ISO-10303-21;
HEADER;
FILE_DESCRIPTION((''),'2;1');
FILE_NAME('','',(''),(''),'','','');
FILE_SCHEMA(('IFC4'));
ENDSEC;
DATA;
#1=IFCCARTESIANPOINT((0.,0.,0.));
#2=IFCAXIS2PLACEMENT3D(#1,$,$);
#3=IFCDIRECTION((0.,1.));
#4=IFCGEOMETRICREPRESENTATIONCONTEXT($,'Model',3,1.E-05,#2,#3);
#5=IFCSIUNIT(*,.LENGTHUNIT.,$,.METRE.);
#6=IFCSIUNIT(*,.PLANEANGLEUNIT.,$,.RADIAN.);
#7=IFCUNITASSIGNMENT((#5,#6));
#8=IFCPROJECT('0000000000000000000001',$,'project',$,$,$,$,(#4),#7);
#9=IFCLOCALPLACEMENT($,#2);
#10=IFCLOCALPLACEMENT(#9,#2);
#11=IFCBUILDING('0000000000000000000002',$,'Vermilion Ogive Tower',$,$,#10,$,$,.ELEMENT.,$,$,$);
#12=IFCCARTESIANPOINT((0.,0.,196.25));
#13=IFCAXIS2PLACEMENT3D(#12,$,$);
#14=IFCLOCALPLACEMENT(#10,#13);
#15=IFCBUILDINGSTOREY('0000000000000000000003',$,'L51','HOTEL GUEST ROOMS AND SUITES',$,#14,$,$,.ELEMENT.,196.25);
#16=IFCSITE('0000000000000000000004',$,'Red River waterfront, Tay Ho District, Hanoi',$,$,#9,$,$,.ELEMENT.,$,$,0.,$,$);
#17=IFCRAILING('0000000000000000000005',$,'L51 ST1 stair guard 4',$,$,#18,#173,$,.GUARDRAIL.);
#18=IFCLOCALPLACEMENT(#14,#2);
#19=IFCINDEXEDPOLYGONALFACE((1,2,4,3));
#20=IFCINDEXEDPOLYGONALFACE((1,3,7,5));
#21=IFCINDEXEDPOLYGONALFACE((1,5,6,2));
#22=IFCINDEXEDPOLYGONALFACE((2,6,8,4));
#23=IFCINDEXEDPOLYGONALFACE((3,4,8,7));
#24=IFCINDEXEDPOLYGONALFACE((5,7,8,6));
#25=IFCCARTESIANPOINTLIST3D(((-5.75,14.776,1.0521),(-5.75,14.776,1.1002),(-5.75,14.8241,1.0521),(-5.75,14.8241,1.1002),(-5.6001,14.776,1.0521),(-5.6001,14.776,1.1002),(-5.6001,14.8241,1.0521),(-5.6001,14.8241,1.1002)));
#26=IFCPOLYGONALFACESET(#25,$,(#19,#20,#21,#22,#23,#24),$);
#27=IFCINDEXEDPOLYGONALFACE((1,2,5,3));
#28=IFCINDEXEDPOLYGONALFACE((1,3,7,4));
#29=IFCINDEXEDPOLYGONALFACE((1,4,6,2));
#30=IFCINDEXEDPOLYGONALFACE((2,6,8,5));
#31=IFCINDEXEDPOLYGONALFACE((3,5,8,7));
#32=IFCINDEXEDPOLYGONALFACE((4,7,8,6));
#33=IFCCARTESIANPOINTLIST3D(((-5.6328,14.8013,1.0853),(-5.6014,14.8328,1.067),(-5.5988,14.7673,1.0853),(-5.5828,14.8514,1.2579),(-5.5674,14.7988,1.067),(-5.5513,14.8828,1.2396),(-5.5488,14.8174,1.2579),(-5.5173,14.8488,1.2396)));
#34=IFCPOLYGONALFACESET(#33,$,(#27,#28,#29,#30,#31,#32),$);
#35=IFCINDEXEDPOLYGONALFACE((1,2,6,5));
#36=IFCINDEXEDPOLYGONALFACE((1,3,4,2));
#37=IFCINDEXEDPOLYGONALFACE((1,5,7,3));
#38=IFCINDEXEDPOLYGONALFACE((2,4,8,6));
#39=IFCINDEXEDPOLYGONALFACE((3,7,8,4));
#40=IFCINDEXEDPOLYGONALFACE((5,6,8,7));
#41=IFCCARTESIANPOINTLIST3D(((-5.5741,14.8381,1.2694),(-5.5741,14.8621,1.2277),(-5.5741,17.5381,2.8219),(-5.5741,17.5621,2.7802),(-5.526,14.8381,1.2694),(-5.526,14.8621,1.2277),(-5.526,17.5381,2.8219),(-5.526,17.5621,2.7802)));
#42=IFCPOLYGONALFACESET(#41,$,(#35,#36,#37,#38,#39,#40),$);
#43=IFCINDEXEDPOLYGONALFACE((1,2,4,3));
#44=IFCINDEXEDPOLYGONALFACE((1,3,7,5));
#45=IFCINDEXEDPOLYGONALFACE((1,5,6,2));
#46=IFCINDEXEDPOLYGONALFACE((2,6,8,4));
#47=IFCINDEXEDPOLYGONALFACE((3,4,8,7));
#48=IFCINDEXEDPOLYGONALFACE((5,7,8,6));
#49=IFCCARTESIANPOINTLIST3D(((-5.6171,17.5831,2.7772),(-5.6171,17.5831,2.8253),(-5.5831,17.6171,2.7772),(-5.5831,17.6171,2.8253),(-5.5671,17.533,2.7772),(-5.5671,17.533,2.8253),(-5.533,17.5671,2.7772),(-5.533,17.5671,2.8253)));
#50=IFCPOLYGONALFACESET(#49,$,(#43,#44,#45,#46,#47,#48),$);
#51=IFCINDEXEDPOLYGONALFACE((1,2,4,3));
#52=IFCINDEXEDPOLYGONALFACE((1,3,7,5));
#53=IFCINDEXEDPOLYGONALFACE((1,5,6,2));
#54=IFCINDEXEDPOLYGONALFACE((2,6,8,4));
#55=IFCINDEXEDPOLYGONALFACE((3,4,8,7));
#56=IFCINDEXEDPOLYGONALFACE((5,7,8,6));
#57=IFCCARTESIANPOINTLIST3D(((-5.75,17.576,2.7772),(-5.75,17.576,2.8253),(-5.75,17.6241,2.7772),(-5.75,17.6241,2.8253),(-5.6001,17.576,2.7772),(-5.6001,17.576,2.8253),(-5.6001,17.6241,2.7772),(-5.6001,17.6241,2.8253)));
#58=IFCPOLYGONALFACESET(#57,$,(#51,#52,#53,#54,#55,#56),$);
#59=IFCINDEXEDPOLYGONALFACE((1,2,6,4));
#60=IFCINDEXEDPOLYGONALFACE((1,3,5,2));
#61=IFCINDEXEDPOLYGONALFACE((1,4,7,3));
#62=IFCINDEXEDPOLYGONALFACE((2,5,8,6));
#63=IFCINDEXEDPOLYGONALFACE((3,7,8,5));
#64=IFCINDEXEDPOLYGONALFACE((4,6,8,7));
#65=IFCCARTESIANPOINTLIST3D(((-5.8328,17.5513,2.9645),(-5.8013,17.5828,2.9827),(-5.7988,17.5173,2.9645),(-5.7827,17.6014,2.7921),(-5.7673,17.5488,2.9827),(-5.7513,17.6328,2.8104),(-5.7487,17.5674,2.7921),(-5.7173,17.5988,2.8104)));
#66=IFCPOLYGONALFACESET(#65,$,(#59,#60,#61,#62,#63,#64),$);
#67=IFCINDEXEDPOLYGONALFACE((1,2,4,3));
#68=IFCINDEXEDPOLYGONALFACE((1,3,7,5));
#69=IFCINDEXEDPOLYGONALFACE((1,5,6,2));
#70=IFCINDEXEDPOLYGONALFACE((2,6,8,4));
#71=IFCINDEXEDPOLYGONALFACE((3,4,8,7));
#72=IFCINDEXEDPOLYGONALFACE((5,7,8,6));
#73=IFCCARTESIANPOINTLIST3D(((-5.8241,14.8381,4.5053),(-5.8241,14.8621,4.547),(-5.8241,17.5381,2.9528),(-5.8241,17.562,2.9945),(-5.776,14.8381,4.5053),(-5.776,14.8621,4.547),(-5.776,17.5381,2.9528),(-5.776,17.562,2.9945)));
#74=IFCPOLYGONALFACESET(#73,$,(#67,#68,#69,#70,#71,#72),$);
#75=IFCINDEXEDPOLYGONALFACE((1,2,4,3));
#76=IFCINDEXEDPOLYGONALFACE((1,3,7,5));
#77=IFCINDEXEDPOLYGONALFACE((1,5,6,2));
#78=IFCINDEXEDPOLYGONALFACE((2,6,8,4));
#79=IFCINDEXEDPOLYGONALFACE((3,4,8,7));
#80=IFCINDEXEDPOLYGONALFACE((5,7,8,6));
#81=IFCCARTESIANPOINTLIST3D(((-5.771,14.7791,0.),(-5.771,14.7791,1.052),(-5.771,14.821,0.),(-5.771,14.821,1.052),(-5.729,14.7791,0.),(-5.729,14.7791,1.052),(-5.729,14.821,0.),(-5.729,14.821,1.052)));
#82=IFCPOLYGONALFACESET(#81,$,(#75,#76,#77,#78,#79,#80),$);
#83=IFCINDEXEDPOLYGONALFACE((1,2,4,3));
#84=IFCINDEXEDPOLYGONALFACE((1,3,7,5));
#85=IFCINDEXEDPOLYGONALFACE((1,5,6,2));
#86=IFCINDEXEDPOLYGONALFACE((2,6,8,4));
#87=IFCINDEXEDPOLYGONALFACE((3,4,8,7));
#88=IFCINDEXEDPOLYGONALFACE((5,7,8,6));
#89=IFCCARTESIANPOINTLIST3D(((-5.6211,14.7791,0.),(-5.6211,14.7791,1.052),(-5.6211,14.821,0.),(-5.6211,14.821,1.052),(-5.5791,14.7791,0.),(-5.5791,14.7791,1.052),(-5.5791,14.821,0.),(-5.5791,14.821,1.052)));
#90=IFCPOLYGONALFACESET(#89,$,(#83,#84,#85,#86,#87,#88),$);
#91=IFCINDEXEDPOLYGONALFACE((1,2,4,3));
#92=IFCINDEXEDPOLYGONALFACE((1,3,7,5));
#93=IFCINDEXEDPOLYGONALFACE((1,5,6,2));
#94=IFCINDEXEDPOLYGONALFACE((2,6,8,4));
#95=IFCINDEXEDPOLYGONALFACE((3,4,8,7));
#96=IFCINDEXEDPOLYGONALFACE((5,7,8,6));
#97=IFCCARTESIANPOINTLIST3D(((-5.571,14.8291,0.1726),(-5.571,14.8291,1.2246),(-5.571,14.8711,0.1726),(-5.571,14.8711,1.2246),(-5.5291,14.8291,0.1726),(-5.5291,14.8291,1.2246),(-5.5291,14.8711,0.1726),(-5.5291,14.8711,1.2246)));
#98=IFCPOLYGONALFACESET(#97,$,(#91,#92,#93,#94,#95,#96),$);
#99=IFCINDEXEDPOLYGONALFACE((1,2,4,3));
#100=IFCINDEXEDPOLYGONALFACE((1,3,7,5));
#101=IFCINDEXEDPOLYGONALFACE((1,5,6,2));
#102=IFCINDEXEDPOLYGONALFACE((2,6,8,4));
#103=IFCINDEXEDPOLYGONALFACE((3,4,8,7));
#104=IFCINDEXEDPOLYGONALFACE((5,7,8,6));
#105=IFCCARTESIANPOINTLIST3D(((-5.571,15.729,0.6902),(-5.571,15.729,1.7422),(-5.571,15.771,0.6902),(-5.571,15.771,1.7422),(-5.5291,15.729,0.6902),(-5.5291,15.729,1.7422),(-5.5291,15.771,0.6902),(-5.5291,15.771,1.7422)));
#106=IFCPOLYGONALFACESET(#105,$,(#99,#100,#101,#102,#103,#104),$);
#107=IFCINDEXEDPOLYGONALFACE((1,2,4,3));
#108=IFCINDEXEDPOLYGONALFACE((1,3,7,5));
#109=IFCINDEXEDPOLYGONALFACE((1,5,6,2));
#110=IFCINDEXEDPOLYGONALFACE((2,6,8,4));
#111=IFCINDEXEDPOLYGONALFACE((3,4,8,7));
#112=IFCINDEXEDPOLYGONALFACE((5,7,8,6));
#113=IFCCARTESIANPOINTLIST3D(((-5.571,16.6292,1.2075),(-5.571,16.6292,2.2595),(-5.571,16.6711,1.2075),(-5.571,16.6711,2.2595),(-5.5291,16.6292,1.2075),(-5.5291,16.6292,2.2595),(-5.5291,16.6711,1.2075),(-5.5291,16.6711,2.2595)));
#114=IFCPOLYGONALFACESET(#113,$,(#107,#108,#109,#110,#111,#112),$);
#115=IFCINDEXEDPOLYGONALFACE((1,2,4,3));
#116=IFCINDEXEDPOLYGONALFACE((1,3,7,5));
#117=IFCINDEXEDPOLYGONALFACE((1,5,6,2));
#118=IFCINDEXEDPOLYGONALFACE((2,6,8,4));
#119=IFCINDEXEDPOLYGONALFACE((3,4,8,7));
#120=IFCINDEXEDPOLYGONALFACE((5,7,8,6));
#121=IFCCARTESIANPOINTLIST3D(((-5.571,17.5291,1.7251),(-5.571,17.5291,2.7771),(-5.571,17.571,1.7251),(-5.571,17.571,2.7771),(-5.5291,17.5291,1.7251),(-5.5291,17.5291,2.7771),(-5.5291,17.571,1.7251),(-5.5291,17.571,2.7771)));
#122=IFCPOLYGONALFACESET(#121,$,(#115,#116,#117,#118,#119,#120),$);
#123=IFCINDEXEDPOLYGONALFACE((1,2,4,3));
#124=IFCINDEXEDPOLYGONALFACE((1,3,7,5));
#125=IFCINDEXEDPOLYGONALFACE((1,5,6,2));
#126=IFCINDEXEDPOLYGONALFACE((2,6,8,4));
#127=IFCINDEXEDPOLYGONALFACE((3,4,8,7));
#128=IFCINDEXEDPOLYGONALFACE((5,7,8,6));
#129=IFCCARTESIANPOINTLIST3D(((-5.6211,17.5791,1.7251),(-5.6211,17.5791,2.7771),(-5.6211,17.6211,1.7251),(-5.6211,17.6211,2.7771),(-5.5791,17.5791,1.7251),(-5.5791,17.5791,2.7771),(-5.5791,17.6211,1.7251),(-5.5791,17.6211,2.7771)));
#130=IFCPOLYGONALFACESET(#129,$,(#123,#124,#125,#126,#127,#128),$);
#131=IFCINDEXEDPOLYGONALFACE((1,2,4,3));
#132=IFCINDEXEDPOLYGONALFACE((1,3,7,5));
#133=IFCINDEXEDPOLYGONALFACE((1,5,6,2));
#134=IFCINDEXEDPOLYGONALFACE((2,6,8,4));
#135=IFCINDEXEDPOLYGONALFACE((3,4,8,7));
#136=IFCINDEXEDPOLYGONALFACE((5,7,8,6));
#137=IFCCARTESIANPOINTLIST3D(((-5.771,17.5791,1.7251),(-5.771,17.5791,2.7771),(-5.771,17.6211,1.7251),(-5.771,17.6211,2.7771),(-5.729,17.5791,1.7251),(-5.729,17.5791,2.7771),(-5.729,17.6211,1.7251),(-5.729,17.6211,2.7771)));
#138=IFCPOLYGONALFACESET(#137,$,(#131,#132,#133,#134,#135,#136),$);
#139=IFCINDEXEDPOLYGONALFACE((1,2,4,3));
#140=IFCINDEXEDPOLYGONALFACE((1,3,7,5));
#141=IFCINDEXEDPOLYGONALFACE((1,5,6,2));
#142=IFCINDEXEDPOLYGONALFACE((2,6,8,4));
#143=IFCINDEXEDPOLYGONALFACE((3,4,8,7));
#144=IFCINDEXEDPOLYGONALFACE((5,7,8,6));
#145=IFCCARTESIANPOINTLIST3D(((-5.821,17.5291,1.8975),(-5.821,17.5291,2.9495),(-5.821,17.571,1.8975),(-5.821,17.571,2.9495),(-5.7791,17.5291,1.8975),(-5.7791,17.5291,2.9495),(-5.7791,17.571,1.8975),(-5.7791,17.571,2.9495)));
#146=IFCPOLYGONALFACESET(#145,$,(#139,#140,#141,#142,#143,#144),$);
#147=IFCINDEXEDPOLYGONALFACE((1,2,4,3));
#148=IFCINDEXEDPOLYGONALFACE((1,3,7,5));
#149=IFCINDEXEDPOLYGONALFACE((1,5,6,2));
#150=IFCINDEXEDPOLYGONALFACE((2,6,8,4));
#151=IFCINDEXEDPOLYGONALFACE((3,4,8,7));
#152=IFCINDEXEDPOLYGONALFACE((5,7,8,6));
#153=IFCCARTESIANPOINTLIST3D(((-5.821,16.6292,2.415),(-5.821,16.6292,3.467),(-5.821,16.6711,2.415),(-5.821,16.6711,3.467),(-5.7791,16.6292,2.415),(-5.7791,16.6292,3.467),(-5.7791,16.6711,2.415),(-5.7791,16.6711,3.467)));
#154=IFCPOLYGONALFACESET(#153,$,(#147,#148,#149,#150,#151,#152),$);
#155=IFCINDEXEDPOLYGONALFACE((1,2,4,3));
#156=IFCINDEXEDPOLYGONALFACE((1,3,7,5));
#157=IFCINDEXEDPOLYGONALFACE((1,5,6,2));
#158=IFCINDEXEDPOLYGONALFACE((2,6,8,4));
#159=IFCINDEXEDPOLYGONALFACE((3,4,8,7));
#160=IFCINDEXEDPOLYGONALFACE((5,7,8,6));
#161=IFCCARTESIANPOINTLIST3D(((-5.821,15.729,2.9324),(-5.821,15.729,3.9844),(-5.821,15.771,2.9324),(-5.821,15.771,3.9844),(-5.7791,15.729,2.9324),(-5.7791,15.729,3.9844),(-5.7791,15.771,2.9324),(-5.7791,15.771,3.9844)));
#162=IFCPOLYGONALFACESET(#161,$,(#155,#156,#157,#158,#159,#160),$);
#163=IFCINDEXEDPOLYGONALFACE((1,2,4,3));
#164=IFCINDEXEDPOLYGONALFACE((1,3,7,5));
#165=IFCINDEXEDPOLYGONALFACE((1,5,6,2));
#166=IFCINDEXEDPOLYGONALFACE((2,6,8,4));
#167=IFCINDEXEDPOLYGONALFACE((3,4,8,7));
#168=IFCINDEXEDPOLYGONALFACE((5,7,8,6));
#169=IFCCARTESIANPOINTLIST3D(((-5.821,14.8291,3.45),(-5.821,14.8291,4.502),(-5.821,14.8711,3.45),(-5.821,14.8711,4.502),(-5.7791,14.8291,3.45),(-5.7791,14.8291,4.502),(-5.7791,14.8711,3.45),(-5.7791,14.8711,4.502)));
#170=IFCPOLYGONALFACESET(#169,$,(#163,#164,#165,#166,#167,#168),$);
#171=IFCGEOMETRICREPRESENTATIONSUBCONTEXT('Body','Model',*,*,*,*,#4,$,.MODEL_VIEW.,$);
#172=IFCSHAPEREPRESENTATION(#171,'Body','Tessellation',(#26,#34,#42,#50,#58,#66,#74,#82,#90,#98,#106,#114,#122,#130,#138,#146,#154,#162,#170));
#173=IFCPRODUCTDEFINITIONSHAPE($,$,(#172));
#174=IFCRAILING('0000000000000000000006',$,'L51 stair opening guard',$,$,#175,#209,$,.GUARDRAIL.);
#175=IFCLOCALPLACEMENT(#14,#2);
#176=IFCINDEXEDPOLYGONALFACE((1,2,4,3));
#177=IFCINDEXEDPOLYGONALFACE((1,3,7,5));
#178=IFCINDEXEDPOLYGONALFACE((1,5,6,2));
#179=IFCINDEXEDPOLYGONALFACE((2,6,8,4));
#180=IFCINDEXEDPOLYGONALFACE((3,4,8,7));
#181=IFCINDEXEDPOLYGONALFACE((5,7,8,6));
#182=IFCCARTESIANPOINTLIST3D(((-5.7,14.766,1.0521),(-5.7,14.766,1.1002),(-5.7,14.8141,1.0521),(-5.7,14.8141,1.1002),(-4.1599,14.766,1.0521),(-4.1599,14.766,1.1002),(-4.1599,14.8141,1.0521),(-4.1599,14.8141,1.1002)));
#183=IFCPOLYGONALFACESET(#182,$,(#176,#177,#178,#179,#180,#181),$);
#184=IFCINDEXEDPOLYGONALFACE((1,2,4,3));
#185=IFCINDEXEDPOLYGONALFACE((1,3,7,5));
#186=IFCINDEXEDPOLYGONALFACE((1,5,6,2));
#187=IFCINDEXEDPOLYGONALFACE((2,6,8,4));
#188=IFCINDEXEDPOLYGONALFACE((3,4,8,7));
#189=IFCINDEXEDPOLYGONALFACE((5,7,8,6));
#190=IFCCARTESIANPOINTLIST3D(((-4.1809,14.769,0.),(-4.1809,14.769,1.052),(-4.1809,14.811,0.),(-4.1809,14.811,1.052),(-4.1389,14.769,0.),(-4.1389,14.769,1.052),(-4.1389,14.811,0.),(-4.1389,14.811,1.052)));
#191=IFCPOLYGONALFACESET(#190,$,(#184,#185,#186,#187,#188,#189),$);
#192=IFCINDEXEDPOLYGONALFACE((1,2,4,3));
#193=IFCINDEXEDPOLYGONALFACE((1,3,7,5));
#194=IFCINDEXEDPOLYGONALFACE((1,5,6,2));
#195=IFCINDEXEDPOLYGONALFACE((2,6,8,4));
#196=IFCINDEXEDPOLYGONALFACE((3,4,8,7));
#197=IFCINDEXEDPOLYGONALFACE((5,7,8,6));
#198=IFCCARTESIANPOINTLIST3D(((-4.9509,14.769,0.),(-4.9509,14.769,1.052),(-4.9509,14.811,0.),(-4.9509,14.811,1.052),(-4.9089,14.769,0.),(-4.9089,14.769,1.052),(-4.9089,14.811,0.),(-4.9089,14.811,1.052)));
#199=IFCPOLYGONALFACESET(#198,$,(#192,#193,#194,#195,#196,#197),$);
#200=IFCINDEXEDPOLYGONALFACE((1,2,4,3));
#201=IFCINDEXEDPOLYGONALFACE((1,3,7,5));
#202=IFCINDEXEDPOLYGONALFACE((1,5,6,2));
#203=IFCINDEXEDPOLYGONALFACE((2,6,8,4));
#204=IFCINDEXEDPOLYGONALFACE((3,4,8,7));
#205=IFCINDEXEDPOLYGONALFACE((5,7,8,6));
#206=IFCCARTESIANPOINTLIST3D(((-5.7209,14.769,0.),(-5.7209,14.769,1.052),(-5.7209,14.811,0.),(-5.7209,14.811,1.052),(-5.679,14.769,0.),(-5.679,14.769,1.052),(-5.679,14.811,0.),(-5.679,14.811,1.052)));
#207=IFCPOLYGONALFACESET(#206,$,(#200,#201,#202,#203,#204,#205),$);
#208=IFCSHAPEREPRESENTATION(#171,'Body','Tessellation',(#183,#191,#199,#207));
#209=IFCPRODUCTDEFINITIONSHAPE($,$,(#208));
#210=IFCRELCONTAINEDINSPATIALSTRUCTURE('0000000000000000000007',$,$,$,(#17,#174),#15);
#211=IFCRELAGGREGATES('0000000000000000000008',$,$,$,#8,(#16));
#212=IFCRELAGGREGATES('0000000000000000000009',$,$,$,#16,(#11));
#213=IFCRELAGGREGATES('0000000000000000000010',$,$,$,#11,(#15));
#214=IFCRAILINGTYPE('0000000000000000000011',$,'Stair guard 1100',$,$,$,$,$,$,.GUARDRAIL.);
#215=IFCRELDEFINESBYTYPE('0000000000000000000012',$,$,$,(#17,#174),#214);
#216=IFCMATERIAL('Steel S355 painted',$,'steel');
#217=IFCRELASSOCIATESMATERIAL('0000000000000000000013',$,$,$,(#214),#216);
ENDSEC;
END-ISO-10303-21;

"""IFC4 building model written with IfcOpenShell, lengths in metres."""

from ifc_helpers import new_model, si_unit, direction, frame, origin, origin_2d, place, context, subcontext, project, spatial, rectangle, extrude, material, type_object, element, save


model = new_model("IFC4")

# Units and contexts
model_context = context("Model", 3, precision=1e-05, world=origin(), true_north=direction((0.0, 1.0)))
body_context = subcontext(model_context, "Body", "Model", "MODEL_VIEW")
ifc_project = project(units=[si_unit("LENGTHUNIT", "METRE"), si_unit("PLANEANGLEUNIT", "RADIAN")], contexts=[model_context])

# Site, building, storey
site_placement = place(None, origin())
site = spatial("IfcSite", under=ifc_project, at=site_placement, Name="Red River waterfront, Tay Ho District, Hanoi", CompositionType="ELEMENT", RefElevation=0.0)
building_placement = place(site_placement, origin())
building = spatial("IfcBuilding", under=site, at=building_placement, Name="Vermilion Ogive Tower", CompositionType="ELEMENT")
storey_placement = place(building_placement, frame((0.0, 0.0, 196.25)))
storey = spatial("IfcBuildingStorey", under=building, at=storey_placement, Name="L51", Description="HOTEL GUEST ROOMS AND SUITES", CompositionType="ELEMENT", Elevation=196.25)

# Railings
ifc_material_1 = material(Name="Steel S355 painted", Category="steel")
railing_type_1 = type_object("IfcRailingType", Name="Stair guard 1100", PredefinedType="GUARDRAIL", material=ifc_material_1)
railing_1_placement = place(storey_placement, frame((-5.75, 14.8, 0.0)))
element("IfcRailing", 1, at=railing_1_placement, inside=storey, type_object=railing_type_1, Name="L51 ST1 stair guard 4", PredefinedType="GUARDRAIL", context=body_context, shape_type="SweptSolid", body=[
    extrude(rectangle(XDim=0.0481, YDim=0.0481, at=origin_2d()), frame((0.0, 0.0, 1.0762), z_axis=(1.0, 0.0, 0.0), x_axis=(0.0, 1.0, 0.0)), (0.0, 0.0, 1.0), 0.1499),
    extrude(rectangle(XDim=0.0481, YDim=0.0481, at=origin_2d()), frame((0.1499, 0.0, 1.0762), z_axis=(0.268278, 0.268278, 0.925232), x_axis=(-0.707107, 0.707107, 0.0)), (0.0, 0.0, 1.0), 0.1865),
    extrude(rectangle(XDim=0.0481, YDim=0.0481, at=origin_2d()), frame((0.2, 0.05, 1.2485), z_axis=(0.0, 0.866904, 0.498476), x_axis=(-1.0, 0.0, 0.0)), (0.0, 0.0, 1.0), 3.1145),
    extrude(rectangle(XDim=0.0481, YDim=0.0481, at=origin_2d()), frame((0.2, 2.75, 2.8013), z_axis=(-0.707107, 0.707107, 0.0), x_axis=(-0.707107, -0.707107, 0.0)), (0.0, 0.0, 1.0), 0.0708),
    extrude(rectangle(XDim=0.0481, YDim=0.0481, at=origin_2d()), frame((0.1499, 2.8, 2.8013), z_axis=(-1.0, 0.0, 0.0), x_axis=(0.0, -1.0, 0.0)), (0.0, 0.0, 1.0), 0.1499),
    extrude(rectangle(XDim=0.0481, YDim=0.0481, at=origin_2d()), frame((0.0, 2.8, 2.8013), z_axis=(-0.268603, -0.268603, 0.925043), x_axis=(0.707107, -0.707107, 0.0)), (0.0, 0.0, 1.0), 0.1863),
    extrude(rectangle(XDim=0.0481, YDim=0.0481, at=origin_2d()), frame((-0.05, 2.75, 2.9736), z_axis=(0.0, -0.866904, 0.498476), x_axis=(1.0, 0.0, 0.0)), (0.0, 0.0, 1.0), 3.1145),
    extrude(rectangle(XDim=0.042, YDim=0.042, at=origin_2d()), origin(), (0.0, 0.0, 1.0), 1.052),
    extrude(rectangle(XDim=0.042, YDim=0.042, at=origin_2d()), frame((0.1499, 0.0, 0.0)), (0.0, 0.0, 1.0), 1.052),
    extrude(rectangle(XDim=0.042, YDim=0.042, at=origin_2d()), frame((0.2, 0.05, 0.1726)), (0.0, 0.0, 1.0), 1.052),
    extrude(rectangle(XDim=0.042, YDim=0.042, at=origin_2d()), frame((0.2, 0.95, 0.6902)), (0.0, 0.0, 1.0), 1.052),
    extrude(rectangle(XDim=0.042, YDim=0.042, at=origin_2d()), frame((0.2, 1.8501, 1.2075)), (0.0, 0.0, 1.0), 1.052),
    extrude(rectangle(XDim=0.042, YDim=0.042, at=origin_2d()), frame((0.2, 2.75, 1.7251)), (0.0, 0.0, 1.0), 1.052),
    extrude(rectangle(XDim=0.042, YDim=0.042, at=origin_2d()), frame((0.1499, 2.8, 1.7251)), (0.0, 0.0, 1.0), 1.052),
    extrude(rectangle(XDim=0.042, YDim=0.042, at=origin_2d()), frame((0.0, 2.8, 1.7251)), (0.0, 0.0, 1.0), 1.052),
    extrude(rectangle(XDim=0.042, YDim=0.042, at=origin_2d()), frame((-0.05, 2.75, 1.8975)), (0.0, 0.0, 1.0), 1.052),
    extrude(rectangle(XDim=0.042, YDim=0.042, at=origin_2d()), frame((-0.05, 1.8501, 2.415)), (0.0, 0.0, 1.0), 1.052),
    extrude(rectangle(XDim=0.042, YDim=0.042, at=origin_2d()), frame((-0.05, 0.95, 2.9324)), (0.0, 0.0, 1.0), 1.052),
    extrude(rectangle(XDim=0.042, YDim=0.042, at=origin_2d()), frame((-0.05, 0.05, 3.45)), (0.0, 0.0, 1.0), 1.052),
])
railing_2_placement = place(storey_placement, frame((-4.1599, 14.79, 0.0)))
element("IfcRailing", 2, at=railing_2_placement, inside=storey, type_object=railing_type_1, Name="L51 stair opening guard", PredefinedType="GUARDRAIL", context=body_context, shape_type="SweptSolid", body=[
    extrude(rectangle(XDim=0.0481, YDim=0.0481, at=origin_2d()), frame((0.0, 0.0, 1.0762), z_axis=(-1.0, 0.0, 0.0), x_axis=(0.0, -1.0, 0.0)), (0.0, 0.0, 1.0), 1.54),
    extrude(rectangle(XDim=0.042, YDim=0.042, at=origin_2d()), origin(), (0.0, 0.0, 1.0), 1.052),
    extrude(rectangle(XDim=0.042, YDim=0.042, at=origin_2d()), frame((-0.77, 0.0, 0.0)), (0.0, 0.0, 1.0), 1.052),
    extrude(rectangle(XDim=0.042, YDim=0.042, at=origin_2d()), frame((-1.54, 0.0, 0.0)), (0.0, 0.0, 1.0), 1.052),
])

save(model, "model.ifc")
